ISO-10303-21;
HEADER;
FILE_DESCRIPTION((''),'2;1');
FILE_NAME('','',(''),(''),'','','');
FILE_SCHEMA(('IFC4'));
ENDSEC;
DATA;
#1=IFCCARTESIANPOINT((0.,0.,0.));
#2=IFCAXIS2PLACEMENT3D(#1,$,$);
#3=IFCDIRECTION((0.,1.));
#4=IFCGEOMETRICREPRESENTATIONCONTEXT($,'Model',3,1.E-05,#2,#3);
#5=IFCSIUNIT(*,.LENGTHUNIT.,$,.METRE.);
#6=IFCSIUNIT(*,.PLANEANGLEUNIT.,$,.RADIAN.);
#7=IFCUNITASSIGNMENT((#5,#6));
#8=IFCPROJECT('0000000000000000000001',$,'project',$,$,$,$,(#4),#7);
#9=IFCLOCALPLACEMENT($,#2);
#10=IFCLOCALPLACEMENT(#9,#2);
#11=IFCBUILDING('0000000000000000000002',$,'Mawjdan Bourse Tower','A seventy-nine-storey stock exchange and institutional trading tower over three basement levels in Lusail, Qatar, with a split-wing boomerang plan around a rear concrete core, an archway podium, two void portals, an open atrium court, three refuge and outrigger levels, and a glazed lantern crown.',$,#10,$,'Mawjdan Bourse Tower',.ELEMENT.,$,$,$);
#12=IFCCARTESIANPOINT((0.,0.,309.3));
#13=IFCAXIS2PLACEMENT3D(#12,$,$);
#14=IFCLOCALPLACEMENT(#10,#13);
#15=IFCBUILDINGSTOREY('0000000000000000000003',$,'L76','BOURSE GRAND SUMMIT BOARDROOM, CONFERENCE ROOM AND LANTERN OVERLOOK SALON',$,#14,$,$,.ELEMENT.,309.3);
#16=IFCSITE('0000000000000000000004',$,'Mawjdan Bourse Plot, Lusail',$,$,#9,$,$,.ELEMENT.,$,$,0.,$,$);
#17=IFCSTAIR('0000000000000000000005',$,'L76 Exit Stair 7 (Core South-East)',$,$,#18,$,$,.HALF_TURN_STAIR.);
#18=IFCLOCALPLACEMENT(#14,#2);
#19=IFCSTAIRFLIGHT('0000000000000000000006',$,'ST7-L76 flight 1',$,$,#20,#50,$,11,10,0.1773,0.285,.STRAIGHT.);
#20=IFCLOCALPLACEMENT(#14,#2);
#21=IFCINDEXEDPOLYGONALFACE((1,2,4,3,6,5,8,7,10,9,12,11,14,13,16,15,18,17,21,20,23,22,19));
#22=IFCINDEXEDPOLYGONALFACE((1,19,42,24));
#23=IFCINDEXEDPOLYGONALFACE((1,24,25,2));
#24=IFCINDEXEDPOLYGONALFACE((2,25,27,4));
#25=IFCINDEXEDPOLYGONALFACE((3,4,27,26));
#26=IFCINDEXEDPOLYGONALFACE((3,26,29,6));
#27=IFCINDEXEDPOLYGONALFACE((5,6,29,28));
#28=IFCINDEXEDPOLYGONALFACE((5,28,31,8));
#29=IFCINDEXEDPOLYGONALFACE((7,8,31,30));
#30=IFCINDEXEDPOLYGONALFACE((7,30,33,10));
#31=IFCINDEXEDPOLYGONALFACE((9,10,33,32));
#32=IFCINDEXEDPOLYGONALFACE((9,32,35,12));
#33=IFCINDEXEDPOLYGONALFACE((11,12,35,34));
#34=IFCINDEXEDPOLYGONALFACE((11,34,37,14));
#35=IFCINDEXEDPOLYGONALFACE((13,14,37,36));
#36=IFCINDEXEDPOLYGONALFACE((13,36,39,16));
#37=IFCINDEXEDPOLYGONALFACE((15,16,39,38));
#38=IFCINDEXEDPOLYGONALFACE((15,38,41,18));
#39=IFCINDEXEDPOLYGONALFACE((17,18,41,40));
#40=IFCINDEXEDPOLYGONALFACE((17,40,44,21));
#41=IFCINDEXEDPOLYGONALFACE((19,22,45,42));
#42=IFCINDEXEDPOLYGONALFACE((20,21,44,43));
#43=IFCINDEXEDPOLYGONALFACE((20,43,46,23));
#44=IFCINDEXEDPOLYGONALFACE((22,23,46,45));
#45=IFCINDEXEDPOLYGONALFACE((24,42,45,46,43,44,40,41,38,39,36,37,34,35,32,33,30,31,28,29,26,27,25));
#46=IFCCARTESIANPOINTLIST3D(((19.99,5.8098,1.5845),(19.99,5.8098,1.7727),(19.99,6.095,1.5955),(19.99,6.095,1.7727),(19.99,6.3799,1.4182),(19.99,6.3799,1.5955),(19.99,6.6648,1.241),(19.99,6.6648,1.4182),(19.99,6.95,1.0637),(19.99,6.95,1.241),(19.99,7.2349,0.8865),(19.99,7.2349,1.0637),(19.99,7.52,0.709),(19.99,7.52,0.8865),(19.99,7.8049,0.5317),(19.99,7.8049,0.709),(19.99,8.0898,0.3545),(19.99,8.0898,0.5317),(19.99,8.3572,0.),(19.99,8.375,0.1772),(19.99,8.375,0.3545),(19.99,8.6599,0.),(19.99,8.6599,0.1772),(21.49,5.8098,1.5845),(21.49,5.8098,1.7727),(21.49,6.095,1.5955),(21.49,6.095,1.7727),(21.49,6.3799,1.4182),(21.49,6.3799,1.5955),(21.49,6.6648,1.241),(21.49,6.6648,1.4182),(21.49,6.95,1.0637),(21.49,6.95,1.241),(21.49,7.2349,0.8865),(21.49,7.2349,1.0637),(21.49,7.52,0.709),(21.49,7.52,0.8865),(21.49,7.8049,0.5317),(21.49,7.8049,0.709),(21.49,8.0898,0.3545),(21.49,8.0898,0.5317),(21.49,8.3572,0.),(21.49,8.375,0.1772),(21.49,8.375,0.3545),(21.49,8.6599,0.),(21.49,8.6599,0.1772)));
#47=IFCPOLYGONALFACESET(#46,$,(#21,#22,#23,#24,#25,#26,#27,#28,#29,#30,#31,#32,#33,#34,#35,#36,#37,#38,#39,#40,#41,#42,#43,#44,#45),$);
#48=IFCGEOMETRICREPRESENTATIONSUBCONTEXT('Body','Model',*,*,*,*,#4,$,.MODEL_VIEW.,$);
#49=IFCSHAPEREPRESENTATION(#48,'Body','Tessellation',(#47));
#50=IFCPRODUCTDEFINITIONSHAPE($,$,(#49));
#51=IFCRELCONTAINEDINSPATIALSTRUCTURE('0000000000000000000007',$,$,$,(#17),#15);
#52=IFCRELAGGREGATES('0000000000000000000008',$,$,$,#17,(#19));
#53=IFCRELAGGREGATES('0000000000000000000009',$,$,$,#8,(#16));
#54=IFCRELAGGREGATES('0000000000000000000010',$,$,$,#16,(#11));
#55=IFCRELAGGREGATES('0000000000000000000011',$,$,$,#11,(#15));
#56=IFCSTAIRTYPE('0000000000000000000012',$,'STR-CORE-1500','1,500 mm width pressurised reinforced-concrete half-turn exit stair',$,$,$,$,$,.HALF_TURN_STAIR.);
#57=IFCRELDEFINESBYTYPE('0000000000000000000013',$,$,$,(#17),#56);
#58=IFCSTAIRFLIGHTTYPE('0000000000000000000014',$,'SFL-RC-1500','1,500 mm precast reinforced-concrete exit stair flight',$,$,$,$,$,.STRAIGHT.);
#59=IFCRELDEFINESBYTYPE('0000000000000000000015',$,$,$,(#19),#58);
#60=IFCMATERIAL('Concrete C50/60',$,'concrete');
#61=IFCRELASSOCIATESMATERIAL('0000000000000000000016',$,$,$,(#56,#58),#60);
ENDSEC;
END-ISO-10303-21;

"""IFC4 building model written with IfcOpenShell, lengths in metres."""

from ifc_helpers import new_model, si_unit, direction, frame, origin, place, context, subcontext, project, spatial, polyline, outline, extrude, material, type_object, element, aggregate, save


model = new_model("IFC4")

# Units and contexts
model_context = context("Model", 3, precision=1e-05, world=origin(), true_north=direction((0.0, 1.0)))
body_context = subcontext(model_context, "Body", "Model", "MODEL_VIEW")
ifc_project = project(units=[si_unit("LENGTHUNIT", "METRE"), si_unit("PLANEANGLEUNIT", "RADIAN")], contexts=[model_context])

# Site, building, storey
site_placement = place(None, origin())
site = spatial("IfcSite", under=ifc_project, at=site_placement, Name="Mawjdan Bourse Plot, Lusail", CompositionType="ELEMENT", RefElevation=0.0)
building_placement = place(site_placement, origin())
building = spatial("IfcBuilding", under=site, at=building_placement, Name="Mawjdan Bourse Tower", Description="A seventy-nine-storey stock exchange and institutional trading tower over three basement levels in Lusail, Qatar, with a split-wing boomerang plan around a rear concrete core, an archway podium, two void portals, an open atrium court, three refuge and outrigger levels, and a glazed lantern crown.", LongName="Mawjdan Bourse Tower", CompositionType="ELEMENT")
storey_placement = place(building_placement, frame((0.0, 0.0, 309.3)))
storey = spatial("IfcBuildingStorey", under=building, at=storey_placement, Name="L76", Description="BOURSE GRAND SUMMIT BOARDROOM, CONFERENCE ROOM AND LANTERN OVERLOOK SALON", CompositionType="ELEMENT", Elevation=309.3)

# Shared definitions
ifc_material_1 = material(Name="Concrete C50/60", Category="concrete")

# Stair, stair flight
stair_type = type_object("IfcStairType", Name="STR-CORE-1500", Description="1,500 mm width pressurised reinforced-concrete half-turn exit stair", PredefinedType="HALF_TURN_STAIR", material=ifc_material_1)
stair_placement = place(storey_placement, origin())
stair = element("IfcStair", 1, at=stair_placement, inside=storey, type_object=stair_type, Name="L76 Exit Stair 7 (Core South-East)", PredefinedType="HALF_TURN_STAIR")
stair_flight_type = type_object("IfcStairFlightType", Name="SFL-RC-1500", Description="1,500 mm precast reinforced-concrete exit stair flight", PredefinedType="STRAIGHT", material=ifc_material_1)
stair_flight_placement = place(storey_placement, frame((20.74, 8.6599, 0.0), z_axis=(0.0, 0.0, 1.0), x_axis=(0.0, -1.0, 0.0)))
stair_flight = element("IfcStairFlight", 2, at=stair_flight_placement, type_object=stair_flight_type, Name="ST7-L76 flight 1", NumberOfRisers=11, NumberOfTreads=10, PredefinedType="STRAIGHT", RiserHeight=0.1773, TreadLength=0.285, context=body_context, shape_type="SweptSolid", body=[
    extrude(outline(polyline([(0.0, 0.0), (0.0, 0.1772), (0.2849, 0.1772), (0.2849, 0.3545), (0.5701, 0.3545), (0.5701, 0.5317), (0.855, 0.5317), (0.855, 0.709), (1.1399, 0.709), (1.1399, 0.8865), (1.425, 0.8865), (1.425, 1.0637), (1.71, 1.0637), (1.71, 1.241), (1.9951, 1.241), (1.9951, 1.4182), (2.28, 1.4182), (2.28, 1.5955), (2.5649, 1.5955), (2.5649, 1.7727), (2.8501, 1.7727), (2.8501, 1.95), (2.8501, 1.5845), (0.3027, 0.0), (0.0, 0.0)])), frame((0.0, 0.75, 0.0), z_axis=(0.0, -1.0, 0.0), x_axis=(1.0, 0.0, 0.0)), (0.0, 0.0, 1.0), 1.5),
])
aggregate(stair, [stair_flight])

save(model, "model.ifc")
